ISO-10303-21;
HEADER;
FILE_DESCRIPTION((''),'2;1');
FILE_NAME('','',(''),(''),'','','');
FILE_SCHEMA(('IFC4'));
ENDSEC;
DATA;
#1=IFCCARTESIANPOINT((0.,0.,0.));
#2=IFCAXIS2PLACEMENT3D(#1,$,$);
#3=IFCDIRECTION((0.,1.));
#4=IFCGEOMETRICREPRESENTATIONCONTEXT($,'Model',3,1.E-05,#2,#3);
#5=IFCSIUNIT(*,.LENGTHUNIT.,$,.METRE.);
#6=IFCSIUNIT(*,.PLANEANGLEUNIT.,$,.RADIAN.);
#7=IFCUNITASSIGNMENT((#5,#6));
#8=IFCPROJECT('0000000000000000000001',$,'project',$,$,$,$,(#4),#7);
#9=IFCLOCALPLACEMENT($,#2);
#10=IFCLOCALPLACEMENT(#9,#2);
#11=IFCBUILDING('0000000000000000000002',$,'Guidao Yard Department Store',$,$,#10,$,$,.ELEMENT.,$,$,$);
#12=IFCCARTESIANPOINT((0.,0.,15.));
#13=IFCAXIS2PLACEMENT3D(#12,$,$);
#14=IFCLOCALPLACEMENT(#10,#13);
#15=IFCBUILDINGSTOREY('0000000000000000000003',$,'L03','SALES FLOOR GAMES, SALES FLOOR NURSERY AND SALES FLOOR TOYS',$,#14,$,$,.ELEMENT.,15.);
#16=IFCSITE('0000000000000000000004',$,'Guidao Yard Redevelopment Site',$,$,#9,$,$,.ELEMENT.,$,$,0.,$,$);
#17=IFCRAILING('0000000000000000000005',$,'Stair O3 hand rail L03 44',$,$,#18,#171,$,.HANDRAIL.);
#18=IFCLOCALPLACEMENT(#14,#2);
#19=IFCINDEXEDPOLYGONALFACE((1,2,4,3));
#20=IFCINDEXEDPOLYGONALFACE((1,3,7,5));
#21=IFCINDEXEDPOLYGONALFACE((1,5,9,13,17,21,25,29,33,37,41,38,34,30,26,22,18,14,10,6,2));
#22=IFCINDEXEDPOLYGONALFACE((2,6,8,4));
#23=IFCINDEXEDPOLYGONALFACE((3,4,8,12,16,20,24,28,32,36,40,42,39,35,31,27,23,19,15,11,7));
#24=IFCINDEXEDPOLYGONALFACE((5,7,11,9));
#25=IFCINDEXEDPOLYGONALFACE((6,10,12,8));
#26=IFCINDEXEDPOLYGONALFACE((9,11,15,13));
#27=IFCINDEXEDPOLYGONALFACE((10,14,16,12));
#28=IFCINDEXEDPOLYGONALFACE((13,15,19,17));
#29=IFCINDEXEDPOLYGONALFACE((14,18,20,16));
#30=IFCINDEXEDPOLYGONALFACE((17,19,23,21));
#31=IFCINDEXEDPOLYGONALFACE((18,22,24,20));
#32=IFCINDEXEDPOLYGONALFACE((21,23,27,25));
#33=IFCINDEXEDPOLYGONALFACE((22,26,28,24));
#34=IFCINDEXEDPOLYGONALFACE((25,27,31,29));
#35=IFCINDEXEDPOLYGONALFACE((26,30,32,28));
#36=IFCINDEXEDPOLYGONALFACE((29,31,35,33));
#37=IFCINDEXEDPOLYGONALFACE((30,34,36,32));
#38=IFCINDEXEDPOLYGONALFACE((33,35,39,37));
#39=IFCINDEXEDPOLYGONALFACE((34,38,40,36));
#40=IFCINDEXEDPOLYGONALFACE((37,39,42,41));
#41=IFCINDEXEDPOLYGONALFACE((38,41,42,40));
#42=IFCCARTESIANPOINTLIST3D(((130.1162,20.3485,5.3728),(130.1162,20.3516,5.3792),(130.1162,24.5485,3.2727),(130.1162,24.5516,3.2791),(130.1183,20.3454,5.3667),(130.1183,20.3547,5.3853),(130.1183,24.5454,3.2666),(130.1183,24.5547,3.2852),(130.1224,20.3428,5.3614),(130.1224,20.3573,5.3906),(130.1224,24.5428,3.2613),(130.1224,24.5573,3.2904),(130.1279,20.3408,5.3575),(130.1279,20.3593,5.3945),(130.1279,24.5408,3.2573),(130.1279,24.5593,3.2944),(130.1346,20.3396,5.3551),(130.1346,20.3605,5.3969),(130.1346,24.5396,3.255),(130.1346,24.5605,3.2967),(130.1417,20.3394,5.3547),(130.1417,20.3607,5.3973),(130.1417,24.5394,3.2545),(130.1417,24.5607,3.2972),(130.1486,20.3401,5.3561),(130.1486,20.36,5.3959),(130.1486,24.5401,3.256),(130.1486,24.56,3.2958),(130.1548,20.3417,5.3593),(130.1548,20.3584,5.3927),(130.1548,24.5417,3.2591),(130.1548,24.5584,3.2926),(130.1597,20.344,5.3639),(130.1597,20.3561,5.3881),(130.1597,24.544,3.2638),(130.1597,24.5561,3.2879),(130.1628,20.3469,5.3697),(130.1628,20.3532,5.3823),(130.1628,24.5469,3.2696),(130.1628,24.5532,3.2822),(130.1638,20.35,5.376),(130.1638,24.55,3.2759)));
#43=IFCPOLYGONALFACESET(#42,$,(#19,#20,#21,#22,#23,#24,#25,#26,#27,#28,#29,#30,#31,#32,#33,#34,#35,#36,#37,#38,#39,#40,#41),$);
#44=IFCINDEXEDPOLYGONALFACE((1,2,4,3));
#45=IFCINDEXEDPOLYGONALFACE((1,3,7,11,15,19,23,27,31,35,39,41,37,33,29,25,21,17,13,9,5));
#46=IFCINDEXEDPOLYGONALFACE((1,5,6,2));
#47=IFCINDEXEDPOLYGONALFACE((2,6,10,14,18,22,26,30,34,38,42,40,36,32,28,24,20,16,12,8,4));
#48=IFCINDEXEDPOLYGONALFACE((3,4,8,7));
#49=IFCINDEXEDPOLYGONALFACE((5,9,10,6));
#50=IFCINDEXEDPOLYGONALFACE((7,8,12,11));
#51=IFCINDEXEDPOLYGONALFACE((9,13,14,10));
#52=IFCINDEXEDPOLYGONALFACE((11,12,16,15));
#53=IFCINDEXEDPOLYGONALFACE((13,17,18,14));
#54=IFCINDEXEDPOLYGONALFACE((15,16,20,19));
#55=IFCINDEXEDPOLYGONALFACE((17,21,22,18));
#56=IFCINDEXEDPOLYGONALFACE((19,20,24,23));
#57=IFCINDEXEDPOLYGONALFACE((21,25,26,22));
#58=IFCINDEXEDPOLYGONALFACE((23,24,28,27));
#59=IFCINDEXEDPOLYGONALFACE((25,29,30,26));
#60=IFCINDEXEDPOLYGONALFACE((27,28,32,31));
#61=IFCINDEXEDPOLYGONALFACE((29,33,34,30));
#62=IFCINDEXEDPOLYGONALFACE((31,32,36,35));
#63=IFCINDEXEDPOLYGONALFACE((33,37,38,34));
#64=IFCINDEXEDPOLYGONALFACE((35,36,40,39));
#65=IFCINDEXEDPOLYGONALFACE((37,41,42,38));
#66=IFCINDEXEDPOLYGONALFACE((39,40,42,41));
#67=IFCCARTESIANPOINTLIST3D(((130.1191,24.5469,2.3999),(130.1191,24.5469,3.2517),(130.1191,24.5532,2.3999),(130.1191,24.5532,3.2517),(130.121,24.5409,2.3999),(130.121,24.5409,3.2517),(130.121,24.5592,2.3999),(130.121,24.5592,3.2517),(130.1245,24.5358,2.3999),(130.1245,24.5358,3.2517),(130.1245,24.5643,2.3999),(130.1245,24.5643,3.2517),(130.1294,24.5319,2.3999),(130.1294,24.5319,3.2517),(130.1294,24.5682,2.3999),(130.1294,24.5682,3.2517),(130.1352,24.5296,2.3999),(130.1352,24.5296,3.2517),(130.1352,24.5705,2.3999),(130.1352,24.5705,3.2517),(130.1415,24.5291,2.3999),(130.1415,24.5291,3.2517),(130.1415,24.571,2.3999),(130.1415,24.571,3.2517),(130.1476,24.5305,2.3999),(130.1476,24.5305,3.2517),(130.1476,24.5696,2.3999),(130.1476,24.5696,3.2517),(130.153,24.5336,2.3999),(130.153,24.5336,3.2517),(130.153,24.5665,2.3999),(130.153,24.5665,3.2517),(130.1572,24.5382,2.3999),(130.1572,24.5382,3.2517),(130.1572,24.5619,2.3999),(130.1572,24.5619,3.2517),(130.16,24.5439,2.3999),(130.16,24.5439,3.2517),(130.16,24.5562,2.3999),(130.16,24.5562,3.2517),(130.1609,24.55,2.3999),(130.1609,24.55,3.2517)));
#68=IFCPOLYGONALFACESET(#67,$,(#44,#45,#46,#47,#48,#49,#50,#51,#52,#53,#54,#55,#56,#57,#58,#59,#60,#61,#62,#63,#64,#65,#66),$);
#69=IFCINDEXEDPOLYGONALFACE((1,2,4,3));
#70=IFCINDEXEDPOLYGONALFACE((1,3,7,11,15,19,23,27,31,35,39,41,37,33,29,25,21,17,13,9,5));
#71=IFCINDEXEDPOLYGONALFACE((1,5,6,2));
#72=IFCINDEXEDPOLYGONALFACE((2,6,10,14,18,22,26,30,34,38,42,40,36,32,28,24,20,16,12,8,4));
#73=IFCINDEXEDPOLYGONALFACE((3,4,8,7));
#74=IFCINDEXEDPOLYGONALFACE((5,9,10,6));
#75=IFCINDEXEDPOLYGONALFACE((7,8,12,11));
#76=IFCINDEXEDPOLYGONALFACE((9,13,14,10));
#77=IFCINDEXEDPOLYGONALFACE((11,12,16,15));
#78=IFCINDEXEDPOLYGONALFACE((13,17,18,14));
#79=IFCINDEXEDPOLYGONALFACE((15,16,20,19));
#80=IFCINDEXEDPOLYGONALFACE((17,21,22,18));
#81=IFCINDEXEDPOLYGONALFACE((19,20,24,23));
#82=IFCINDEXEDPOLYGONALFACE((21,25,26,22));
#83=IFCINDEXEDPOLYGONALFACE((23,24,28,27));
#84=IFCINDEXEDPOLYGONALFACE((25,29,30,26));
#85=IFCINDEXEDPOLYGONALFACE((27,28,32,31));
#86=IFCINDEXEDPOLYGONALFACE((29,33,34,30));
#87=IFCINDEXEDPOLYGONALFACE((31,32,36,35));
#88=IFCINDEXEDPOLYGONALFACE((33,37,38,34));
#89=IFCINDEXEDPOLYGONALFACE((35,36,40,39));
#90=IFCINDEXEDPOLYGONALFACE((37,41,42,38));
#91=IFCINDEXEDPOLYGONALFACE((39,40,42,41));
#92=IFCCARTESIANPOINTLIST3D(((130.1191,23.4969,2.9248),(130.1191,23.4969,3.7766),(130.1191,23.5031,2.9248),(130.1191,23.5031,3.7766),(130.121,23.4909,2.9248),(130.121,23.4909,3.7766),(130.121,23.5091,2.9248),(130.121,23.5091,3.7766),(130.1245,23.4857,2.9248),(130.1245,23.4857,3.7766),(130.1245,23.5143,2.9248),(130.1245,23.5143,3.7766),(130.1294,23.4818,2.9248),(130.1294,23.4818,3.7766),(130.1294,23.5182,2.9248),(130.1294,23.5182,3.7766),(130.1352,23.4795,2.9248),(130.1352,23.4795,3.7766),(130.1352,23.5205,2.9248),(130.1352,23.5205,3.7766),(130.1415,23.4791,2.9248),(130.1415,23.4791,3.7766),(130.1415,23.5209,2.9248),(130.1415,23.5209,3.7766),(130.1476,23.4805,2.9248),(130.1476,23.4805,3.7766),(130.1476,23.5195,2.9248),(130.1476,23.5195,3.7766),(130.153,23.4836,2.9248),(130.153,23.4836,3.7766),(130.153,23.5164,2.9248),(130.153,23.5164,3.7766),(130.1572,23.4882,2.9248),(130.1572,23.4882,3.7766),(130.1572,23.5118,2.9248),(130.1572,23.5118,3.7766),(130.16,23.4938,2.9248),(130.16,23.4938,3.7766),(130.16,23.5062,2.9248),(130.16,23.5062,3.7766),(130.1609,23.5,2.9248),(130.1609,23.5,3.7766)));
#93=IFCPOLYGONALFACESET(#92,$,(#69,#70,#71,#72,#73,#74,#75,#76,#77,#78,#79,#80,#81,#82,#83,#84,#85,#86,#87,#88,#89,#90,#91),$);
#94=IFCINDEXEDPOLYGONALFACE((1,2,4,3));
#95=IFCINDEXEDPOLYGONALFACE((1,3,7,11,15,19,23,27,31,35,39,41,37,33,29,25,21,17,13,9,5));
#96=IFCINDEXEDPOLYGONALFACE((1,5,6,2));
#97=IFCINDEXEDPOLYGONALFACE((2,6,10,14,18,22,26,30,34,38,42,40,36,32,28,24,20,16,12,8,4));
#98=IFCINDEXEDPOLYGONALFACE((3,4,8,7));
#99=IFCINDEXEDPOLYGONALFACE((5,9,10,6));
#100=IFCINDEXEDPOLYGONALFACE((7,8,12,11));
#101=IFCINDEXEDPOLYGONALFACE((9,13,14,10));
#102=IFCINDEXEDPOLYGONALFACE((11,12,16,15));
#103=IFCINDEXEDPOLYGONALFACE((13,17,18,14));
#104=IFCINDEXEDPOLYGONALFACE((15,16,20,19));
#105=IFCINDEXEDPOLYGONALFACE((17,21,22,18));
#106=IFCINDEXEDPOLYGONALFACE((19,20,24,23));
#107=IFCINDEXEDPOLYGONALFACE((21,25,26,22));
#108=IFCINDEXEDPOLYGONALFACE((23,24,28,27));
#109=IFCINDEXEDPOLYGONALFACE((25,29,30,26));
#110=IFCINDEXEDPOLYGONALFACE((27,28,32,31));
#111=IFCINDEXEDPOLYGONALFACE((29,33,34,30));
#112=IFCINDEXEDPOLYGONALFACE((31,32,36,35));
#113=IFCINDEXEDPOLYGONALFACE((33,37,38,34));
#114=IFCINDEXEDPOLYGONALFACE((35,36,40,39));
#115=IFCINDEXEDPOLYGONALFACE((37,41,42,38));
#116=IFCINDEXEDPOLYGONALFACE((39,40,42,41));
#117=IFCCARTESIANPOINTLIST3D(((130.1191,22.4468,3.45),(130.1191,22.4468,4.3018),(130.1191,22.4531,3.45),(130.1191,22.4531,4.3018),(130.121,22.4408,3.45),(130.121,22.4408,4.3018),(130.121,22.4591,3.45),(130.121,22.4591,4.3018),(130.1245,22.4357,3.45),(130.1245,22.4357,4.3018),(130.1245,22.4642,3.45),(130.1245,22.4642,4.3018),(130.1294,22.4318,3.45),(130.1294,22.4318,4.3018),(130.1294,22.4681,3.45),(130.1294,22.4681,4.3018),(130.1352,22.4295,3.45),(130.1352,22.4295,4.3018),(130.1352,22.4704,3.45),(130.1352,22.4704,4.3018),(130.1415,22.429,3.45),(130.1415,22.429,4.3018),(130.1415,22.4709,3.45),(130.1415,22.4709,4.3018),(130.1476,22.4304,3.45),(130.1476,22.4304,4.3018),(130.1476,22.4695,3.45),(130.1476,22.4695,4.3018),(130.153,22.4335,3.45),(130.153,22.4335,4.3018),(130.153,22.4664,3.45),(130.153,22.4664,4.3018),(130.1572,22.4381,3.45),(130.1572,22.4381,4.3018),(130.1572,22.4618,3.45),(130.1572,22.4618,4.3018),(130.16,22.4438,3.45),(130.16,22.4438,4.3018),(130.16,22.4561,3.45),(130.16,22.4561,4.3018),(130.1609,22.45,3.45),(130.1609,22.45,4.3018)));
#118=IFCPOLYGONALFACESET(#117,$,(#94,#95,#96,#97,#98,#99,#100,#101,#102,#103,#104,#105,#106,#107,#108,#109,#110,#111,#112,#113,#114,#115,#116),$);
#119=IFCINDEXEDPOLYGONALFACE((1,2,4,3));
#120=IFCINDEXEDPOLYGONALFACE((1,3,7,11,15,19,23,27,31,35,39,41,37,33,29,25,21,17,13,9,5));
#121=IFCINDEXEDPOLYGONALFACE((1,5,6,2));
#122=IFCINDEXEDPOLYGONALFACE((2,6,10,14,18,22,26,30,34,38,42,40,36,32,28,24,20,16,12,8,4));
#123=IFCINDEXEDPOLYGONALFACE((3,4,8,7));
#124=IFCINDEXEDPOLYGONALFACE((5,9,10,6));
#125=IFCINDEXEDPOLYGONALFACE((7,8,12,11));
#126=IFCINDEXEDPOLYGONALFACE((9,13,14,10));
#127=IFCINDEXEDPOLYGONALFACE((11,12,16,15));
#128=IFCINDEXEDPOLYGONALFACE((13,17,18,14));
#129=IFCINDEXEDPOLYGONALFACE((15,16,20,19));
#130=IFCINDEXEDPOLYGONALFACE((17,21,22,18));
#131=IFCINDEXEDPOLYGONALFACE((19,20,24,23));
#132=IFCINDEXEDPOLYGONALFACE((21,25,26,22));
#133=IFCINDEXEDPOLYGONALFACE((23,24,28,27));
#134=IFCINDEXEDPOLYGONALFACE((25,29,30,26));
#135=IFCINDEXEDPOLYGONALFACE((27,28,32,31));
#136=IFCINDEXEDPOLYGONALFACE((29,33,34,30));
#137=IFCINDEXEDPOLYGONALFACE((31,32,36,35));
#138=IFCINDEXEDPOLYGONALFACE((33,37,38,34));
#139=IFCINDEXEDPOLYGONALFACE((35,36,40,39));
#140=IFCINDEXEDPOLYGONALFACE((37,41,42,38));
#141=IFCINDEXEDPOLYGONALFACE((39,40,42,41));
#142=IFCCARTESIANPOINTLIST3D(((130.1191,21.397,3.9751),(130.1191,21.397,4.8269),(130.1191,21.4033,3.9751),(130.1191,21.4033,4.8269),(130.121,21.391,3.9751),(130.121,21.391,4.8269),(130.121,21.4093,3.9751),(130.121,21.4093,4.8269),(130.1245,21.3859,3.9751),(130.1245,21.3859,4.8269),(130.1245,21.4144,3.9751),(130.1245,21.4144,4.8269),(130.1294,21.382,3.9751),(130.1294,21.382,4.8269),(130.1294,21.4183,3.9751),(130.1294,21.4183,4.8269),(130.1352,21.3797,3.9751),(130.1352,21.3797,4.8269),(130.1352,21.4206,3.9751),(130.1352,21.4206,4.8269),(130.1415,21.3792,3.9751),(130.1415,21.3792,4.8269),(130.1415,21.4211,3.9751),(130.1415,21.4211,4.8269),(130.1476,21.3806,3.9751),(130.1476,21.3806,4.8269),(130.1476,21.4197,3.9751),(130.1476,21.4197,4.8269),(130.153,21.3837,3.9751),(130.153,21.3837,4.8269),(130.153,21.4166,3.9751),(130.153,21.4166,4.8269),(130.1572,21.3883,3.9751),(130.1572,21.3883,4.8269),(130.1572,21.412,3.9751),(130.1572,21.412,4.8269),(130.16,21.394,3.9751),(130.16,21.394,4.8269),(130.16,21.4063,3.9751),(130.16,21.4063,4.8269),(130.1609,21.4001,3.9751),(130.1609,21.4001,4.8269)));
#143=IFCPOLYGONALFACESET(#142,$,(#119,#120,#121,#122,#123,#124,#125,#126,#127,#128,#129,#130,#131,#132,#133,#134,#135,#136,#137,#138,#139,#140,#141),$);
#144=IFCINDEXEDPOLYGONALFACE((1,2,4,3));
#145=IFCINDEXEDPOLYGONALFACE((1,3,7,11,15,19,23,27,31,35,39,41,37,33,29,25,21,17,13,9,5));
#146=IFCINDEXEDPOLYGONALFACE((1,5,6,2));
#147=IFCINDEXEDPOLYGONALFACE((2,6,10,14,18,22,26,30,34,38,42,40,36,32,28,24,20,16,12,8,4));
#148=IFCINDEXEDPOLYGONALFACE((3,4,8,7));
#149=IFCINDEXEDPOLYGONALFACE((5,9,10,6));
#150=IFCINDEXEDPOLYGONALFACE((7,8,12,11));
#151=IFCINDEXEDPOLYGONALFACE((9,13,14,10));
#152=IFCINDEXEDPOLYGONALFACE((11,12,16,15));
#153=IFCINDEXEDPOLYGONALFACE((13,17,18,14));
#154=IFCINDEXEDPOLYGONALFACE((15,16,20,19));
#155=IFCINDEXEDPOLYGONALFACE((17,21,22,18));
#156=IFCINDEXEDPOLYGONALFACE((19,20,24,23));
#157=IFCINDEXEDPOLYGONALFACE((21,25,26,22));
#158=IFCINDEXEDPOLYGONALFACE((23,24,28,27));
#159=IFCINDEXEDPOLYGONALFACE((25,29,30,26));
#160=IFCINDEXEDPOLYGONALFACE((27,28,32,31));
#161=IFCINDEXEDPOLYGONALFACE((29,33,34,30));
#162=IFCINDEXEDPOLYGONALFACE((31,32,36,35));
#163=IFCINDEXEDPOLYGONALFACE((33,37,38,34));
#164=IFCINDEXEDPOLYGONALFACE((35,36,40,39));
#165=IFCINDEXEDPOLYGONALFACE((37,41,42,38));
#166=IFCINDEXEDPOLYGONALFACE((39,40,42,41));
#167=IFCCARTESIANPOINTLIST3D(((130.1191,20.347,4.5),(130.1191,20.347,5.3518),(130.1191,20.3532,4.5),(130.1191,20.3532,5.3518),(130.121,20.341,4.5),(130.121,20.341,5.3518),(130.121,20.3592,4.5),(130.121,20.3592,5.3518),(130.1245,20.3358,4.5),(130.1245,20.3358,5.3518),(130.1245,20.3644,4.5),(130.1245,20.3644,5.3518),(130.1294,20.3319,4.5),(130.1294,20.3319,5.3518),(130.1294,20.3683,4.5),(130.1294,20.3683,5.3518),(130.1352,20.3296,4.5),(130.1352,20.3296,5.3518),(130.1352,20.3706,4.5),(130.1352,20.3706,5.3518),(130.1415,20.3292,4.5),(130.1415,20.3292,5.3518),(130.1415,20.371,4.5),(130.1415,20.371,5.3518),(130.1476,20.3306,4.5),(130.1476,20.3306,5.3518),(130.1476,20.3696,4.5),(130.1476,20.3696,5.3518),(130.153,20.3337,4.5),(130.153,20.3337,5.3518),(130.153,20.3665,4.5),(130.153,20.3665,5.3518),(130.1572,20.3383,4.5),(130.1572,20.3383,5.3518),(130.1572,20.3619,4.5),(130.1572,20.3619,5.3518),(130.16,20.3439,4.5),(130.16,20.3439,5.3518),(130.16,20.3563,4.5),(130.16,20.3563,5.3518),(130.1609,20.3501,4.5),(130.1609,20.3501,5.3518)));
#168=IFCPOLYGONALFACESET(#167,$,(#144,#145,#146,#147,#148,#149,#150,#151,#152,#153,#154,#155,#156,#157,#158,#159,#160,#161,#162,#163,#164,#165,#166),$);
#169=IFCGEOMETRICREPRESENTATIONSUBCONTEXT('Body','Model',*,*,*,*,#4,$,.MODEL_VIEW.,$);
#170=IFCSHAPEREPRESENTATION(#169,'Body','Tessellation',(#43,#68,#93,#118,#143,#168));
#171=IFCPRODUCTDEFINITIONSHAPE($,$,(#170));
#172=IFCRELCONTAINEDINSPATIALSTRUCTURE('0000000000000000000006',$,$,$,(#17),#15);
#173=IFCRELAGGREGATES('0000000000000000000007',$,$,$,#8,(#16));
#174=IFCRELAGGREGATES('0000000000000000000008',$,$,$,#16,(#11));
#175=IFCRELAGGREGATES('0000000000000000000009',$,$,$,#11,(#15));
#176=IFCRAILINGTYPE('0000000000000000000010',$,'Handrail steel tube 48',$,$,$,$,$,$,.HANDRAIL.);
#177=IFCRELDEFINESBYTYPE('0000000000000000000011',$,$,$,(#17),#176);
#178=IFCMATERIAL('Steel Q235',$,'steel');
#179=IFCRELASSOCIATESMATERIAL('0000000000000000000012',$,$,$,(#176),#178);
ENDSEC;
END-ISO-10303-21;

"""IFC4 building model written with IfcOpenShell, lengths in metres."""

from ifc_helpers import new_model, si_unit, direction, frame, origin, origin_2d, place, context, subcontext, project, spatial, circle, extrude, material, type_object, element, save


model = new_model("IFC4")

# Units and contexts
model_context = context("Model", 3, precision=1e-05, world=origin(), true_north=direction((0.0, 1.0)))
body_context = subcontext(model_context, "Body", "Model", "MODEL_VIEW")
ifc_project = project(units=[si_unit("LENGTHUNIT", "METRE"), si_unit("PLANEANGLEUNIT", "RADIAN")], contexts=[model_context])

# Site, building, storey
site_placement = place(None, origin())
site = spatial("IfcSite", under=ifc_project, at=site_placement, Name="Guidao Yard Redevelopment Site", CompositionType="ELEMENT", RefElevation=0.0)
building_placement = place(site_placement, origin())
building = spatial("IfcBuilding", under=site, at=building_placement, Name="Guidao Yard Department Store", CompositionType="ELEMENT")
storey_placement = place(building_placement, frame((0.0, 0.0, 15.0)))
storey = spatial("IfcBuildingStorey", under=building, at=storey_placement, Name="L03", Description="SALES FLOOR GAMES, SALES FLOOR NURSERY AND SALES FLOOR TOYS", CompositionType="ELEMENT", Elevation=15.0)

# Railing
ifc_material_1 = material(Name="Steel Q235", Category="steel")
railing_type = type_object("IfcRailingType", Name="Handrail steel tube 48", PredefinedType="HANDRAIL", material=ifc_material_1)
railing_placement = place(storey_placement, frame((130.1399, 24.55, 2.3999)))
element("IfcRailing", 1, at=railing_placement, inside=storey, type_object=railing_type, Name="Stair O3 hand rail L03 44", PredefinedType="HANDRAIL", context=body_context, shape_type="SweptSolid", body=[
    extrude(circle(Radius=0.0239, at=origin_2d()), frame((0.0, 0.0, 0.876), z_axis=(0.0, -0.894417, 0.447234), x_axis=(1.0, 0.0, 0.0)), (0.0, 0.0, 1.0), 4.6958),
    extrude(circle(Radius=0.021, at=origin_2d()), origin(), (0.0, 0.0, 1.0), 0.8518),
    extrude(circle(Radius=0.021, at=origin_2d()), frame((0.0, -1.05, 0.5249)), (0.0, 0.0, 1.0), 0.8518),
    extrude(circle(Radius=0.021, at=origin_2d()), frame((0.0, -2.1001, 1.05)), (0.0, 0.0, 1.0), 0.8518),
    extrude(circle(Radius=0.021, at=origin_2d()), frame((0.0, -3.1499, 1.5752)), (0.0, 0.0, 1.0), 0.8518),
    extrude(circle(Radius=0.021, at=origin_2d()), frame((0.0, -4.2, 2.1001)), (0.0, 0.0, 1.0), 0.8518),
])

save(model, "model.ifc")
